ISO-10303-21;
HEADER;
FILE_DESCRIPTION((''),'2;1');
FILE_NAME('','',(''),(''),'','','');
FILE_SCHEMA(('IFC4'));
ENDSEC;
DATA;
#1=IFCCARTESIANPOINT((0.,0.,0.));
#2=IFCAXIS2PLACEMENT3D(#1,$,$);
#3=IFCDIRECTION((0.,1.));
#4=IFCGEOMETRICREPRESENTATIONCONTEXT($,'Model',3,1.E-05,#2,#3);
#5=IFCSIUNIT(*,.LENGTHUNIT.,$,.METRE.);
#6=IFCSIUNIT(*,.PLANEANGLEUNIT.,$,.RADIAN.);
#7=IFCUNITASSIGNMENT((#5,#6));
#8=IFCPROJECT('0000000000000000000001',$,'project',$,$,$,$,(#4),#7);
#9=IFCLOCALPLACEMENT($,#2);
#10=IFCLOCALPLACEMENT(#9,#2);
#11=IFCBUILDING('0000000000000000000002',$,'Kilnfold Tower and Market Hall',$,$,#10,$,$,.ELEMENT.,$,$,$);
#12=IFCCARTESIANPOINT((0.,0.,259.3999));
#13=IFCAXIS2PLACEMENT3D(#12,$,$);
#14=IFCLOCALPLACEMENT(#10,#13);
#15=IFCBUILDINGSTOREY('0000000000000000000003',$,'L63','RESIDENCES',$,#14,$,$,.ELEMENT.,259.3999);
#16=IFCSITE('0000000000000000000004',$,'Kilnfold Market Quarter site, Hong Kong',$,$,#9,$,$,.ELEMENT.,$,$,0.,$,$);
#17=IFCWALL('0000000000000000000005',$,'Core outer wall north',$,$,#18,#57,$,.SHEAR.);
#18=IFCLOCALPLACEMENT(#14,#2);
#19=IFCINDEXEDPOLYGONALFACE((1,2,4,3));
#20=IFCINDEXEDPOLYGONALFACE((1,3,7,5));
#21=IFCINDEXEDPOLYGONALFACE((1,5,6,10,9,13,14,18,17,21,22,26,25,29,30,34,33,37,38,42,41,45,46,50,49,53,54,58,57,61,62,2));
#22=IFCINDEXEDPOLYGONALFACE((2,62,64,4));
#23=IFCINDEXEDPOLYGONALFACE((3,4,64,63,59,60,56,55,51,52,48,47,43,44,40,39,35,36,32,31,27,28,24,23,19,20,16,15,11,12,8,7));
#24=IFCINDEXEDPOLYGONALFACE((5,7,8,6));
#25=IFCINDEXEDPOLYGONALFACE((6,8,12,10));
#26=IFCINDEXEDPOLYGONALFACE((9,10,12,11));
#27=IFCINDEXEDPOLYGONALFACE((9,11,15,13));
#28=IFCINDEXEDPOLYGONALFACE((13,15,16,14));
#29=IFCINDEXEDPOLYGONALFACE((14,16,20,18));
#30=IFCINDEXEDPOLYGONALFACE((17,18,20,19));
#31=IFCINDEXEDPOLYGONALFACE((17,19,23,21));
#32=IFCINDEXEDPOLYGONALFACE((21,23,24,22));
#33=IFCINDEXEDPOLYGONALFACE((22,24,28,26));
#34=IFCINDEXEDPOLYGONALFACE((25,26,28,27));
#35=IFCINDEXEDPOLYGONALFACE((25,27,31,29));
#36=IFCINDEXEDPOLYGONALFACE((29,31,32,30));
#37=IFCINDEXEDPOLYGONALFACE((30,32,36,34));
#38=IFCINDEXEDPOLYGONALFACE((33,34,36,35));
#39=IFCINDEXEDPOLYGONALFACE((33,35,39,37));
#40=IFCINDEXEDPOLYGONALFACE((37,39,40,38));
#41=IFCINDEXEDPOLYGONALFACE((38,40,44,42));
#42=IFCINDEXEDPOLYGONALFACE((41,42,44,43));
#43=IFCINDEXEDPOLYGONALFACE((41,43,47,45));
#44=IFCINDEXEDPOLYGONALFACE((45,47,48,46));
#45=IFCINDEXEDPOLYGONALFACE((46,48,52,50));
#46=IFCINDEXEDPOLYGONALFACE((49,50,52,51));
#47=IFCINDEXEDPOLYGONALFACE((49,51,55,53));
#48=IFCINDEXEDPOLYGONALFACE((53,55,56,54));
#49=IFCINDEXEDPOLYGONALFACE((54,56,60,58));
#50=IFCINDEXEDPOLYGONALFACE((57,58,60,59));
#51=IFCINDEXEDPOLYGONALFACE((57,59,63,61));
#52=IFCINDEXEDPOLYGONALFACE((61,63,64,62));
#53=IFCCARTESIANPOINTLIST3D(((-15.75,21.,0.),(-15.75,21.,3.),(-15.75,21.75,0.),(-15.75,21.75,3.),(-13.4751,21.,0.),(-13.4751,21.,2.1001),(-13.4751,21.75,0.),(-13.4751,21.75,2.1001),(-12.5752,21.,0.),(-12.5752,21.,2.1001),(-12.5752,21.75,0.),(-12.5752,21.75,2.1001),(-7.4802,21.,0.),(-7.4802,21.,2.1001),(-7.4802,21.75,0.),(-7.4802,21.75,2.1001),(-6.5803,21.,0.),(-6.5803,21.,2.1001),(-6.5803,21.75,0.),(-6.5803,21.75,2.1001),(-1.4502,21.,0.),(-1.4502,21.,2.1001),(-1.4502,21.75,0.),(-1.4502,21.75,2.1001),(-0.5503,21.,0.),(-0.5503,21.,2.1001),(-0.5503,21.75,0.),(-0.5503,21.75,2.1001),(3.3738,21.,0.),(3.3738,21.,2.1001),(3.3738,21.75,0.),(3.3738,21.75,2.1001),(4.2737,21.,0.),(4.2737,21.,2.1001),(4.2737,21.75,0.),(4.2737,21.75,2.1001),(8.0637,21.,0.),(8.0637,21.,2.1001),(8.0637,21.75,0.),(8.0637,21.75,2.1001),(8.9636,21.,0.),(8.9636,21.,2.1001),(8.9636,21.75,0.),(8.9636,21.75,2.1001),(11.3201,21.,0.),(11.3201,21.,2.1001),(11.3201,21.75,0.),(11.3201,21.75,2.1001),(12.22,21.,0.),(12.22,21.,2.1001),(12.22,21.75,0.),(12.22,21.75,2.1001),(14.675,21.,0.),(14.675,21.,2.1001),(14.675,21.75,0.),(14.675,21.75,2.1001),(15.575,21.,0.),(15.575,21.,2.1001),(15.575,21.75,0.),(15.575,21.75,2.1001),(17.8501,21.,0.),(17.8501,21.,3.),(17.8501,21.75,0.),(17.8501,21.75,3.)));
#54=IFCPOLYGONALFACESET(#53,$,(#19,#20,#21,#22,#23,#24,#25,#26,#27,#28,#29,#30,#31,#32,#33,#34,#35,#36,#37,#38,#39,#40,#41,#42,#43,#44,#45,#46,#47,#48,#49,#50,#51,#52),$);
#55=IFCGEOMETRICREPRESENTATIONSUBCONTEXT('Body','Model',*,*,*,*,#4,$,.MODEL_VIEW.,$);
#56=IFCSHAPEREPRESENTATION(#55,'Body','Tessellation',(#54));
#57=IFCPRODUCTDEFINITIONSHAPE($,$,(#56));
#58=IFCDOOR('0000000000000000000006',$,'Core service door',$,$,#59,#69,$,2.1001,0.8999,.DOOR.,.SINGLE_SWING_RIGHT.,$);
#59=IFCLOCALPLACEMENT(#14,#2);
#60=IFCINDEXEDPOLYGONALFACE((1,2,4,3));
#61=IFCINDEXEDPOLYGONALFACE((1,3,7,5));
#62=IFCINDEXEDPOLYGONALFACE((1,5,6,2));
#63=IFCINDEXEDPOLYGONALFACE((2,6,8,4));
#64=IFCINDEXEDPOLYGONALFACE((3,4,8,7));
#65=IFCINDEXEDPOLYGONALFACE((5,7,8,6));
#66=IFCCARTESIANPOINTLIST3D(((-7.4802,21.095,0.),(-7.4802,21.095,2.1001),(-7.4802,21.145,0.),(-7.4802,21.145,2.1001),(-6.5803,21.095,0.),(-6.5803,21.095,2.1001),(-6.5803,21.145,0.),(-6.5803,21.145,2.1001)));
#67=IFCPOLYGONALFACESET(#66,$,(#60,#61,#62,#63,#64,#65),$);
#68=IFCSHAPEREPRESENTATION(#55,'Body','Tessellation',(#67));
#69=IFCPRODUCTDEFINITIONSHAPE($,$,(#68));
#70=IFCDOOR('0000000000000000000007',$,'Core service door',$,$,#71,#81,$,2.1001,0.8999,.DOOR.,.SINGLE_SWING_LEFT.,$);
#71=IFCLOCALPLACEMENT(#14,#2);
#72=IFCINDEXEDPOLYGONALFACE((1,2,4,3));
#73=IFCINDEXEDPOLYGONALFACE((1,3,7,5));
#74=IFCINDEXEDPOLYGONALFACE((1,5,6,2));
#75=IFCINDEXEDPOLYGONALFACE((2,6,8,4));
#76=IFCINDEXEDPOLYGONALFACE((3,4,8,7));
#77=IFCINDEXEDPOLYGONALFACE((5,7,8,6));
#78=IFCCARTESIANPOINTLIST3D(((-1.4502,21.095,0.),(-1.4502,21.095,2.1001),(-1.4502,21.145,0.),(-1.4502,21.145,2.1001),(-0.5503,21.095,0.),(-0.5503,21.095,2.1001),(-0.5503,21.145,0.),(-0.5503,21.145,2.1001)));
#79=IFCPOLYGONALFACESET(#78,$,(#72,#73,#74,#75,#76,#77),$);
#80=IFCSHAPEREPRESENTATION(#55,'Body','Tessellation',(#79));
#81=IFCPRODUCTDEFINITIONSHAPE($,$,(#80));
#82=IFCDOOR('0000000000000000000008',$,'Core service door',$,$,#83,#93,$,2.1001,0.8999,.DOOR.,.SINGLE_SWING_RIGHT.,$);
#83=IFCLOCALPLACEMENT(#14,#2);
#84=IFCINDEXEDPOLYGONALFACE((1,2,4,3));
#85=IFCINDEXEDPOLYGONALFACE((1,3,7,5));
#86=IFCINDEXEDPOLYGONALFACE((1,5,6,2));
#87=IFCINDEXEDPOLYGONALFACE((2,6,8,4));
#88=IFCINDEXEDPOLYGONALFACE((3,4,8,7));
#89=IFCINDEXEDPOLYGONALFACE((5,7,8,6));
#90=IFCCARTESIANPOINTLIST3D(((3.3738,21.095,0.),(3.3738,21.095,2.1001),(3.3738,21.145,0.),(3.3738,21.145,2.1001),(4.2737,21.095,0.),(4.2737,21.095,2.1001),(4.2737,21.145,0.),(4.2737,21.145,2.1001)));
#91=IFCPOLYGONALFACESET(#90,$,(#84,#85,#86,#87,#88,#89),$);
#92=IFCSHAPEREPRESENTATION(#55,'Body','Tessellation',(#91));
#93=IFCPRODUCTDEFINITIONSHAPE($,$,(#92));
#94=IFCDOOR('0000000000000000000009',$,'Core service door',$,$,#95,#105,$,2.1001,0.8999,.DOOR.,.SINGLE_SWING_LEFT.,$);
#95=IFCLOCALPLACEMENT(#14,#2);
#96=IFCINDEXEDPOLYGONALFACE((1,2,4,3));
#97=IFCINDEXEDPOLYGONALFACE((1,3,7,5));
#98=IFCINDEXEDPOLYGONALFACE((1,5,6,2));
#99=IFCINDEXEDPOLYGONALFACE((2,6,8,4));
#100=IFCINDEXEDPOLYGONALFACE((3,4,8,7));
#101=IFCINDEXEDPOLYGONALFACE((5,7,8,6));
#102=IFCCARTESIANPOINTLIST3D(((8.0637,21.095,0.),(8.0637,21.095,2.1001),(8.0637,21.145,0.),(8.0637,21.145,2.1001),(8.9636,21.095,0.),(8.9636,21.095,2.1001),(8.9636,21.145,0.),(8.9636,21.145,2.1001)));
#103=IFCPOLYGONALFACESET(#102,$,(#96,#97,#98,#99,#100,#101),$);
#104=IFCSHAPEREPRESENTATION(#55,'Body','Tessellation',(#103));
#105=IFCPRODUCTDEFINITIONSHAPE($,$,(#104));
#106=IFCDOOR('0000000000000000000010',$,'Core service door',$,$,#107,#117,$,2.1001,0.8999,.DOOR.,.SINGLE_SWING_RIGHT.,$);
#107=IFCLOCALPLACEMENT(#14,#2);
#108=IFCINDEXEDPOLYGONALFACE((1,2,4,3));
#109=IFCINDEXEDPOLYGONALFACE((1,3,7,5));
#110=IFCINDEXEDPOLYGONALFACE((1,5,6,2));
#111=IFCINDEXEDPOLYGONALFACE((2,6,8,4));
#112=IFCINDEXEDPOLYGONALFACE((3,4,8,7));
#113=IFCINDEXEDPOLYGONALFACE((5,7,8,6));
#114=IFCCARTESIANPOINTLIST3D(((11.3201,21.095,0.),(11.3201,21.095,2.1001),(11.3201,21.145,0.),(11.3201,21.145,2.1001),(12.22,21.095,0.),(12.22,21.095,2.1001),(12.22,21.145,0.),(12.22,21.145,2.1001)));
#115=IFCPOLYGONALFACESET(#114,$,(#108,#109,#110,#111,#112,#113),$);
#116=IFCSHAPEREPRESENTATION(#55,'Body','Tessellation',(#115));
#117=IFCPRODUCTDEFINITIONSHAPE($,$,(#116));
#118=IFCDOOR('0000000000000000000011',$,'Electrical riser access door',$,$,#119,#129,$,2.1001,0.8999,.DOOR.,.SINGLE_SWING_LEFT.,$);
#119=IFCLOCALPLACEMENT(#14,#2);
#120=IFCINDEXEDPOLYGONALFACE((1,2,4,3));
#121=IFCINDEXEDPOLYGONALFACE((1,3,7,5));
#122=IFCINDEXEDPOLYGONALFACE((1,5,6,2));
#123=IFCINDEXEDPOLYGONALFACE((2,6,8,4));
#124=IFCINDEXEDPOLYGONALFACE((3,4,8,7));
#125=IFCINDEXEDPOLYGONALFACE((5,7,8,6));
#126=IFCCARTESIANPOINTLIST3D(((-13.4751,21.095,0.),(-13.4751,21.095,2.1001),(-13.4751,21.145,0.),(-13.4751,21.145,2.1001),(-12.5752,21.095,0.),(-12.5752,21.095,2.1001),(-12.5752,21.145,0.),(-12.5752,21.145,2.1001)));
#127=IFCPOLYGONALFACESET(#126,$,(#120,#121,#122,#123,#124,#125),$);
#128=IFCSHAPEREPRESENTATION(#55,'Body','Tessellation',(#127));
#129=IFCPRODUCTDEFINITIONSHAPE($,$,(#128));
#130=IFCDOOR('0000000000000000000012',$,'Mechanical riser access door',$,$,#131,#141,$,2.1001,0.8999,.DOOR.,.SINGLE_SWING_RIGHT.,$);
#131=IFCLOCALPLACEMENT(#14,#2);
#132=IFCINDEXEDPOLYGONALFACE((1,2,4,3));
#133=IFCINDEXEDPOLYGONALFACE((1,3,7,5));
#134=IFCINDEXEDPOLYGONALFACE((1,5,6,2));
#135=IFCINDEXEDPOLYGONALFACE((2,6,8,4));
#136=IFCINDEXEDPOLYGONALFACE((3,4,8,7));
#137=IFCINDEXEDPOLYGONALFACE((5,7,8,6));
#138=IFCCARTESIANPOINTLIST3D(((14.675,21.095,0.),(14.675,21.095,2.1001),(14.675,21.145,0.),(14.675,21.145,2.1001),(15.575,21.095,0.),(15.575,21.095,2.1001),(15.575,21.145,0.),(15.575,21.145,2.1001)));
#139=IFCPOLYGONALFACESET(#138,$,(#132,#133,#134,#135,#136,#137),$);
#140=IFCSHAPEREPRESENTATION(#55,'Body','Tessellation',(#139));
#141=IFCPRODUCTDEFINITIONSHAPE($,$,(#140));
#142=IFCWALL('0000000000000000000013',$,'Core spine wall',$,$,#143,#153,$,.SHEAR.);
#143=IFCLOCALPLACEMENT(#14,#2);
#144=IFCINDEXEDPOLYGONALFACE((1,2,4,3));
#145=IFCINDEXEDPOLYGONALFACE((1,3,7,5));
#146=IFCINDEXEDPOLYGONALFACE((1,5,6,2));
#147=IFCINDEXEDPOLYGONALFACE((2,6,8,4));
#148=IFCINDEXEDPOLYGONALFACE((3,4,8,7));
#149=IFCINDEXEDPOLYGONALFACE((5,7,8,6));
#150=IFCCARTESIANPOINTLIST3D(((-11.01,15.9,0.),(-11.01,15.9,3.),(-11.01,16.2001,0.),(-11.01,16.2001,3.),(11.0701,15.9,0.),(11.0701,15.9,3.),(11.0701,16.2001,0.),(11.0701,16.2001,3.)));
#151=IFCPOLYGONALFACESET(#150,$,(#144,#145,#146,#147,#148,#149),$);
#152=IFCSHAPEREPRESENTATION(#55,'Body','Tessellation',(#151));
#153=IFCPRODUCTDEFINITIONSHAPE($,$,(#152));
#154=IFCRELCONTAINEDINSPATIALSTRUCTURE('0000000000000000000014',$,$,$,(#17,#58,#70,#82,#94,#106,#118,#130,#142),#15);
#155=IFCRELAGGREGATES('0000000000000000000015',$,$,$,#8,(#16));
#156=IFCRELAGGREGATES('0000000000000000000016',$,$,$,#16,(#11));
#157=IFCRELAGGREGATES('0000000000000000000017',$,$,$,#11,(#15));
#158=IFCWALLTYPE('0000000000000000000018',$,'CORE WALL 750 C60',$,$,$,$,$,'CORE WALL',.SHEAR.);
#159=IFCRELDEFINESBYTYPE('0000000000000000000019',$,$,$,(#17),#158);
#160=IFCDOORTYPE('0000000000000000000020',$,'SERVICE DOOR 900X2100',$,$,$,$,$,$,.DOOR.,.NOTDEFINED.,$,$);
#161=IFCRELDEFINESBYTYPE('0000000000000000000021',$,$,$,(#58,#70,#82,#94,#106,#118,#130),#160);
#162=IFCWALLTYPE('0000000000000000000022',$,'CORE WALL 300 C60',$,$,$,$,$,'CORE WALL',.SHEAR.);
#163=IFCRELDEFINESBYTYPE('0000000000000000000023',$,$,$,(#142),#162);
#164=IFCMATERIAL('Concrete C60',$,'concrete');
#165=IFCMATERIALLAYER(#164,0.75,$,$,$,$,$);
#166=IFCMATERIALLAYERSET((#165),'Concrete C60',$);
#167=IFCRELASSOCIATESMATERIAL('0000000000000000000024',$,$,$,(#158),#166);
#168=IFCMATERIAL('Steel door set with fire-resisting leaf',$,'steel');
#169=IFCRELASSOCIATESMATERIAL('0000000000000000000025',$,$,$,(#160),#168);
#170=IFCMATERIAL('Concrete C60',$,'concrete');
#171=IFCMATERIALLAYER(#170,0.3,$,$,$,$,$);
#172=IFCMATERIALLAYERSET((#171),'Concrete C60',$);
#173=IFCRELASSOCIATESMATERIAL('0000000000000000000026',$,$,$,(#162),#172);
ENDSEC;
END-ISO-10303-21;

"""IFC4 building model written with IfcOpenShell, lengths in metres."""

from ifc_helpers import new_model, si_unit, direction, frame, frame_2d, origin, place, context, subcontext, project, spatial, rectangle, extrude, source, transform, mapped, material, layer, layer_set, type_object, element, fill, save


model = new_model("IFC4")

# Units and contexts
model_context = context("Model", 3, precision=1e-05, world=origin(), true_north=direction((0.0, 1.0)))
body_context = subcontext(model_context, "Body", "Model", "MODEL_VIEW")
ifc_project = project(units=[si_unit("LENGTHUNIT", "METRE"), si_unit("PLANEANGLEUNIT", "RADIAN")], contexts=[model_context])

# Site, building, storey
site_placement = place(None, origin())
site = spatial("IfcSite", under=ifc_project, at=site_placement, Name="Kilnfold Market Quarter site, Hong Kong", CompositionType="ELEMENT", RefElevation=0.0)
building_placement = place(site_placement, origin())
building = spatial("IfcBuilding", under=site, at=building_placement, Name="Kilnfold Tower and Market Hall", CompositionType="ELEMENT")
storey_placement = place(building_placement, frame((0.0, 0.0, 259.3999)))
storey = spatial("IfcBuildingStorey", under=building, at=storey_placement, Name="L63", Description="RESIDENCES", CompositionType="ELEMENT", Elevation=259.3999)

# Wall, openings, doors
ifc_material_1 = material(Name="Concrete C60", Category="concrete")
ifc_layer_1 = layer(ifc_material_1, 0.75)
ifc_layer_set_1 = layer_set([ifc_layer_1], Name="Concrete C60")
wall_type_1 = type_object("IfcWallType", Name="CORE WALL 750 C60", ElementType="CORE WALL", PredefinedType="SHEAR", material=ifc_layer_set_1)
shared_shape_1 = source(origin(), body_context, "Body", "SweptSolid", [
    extrude(rectangle(XDim=33.6001, YDim=0.75, at=frame_2d((16.8, 0.0))), origin(), (0.0, 0.0, 1.0), 3.0),
])
wall_1_placement = place(storey_placement, frame((-15.75, 21.375, 0.0), z_axis=(0.0, 0.0, 1.0), x_axis=(1.0, 0.0, 0.0)))
wall_1 = element("IfcWall", 1, at=wall_1_placement, inside=storey, type_object=wall_type_1, Name="Core outer wall north", PredefinedType="SHEAR", context=body_context, shape_type="MappedRepresentation", body=[
    mapped(shared_shape_1, transform((0.0, 0.0, 0.0))),
])
opening_1_placement = place(wall_1_placement, frame((8.2698, 0.0, 0.0)))
opening_1 = element("IfcOpeningElement", 2, at=opening_1_placement, cuts=wall_1, PredefinedType="OPENING", context=body_context, shape_type="SweptSolid", body=[
    extrude(rectangle(XDim=0.8999, YDim=2.1001, at=frame_2d((0.45, 1.05))), frame((0.0, 0.385, 0.0), z_axis=(0.0, -1.0, 0.0), x_axis=(1.0, 0.0, 0.0)), (0.0, 0.0, 1.0), 0.77),
])
opening_2_placement = place(wall_1_placement, frame((14.2998, 0.0, 0.0)))
opening_2 = element("IfcOpeningElement", 3, at=opening_2_placement, cuts=wall_1, PredefinedType="OPENING", context=body_context, shape_type="SweptSolid", body=[
    extrude(rectangle(XDim=0.8999, YDim=2.1001, at=frame_2d((0.45, 1.05))), frame((0.0, 0.385, 0.0), z_axis=(0.0, -1.0, 0.0), x_axis=(1.0, 0.0, 0.0)), (0.0, 0.0, 1.0), 0.77),
])
opening_3_placement = place(wall_1_placement, frame((19.1238, 0.0, 0.0)))
opening_3 = element("IfcOpeningElement", 4, at=opening_3_placement, cuts=wall_1, PredefinedType="OPENING", context=body_context, shape_type="SweptSolid", body=[
    extrude(rectangle(XDim=0.8999, YDim=2.1001, at=frame_2d((0.45, 1.05))), frame((0.0, 0.385, 0.0), z_axis=(0.0, -1.0, 0.0), x_axis=(1.0, 0.0, 0.0)), (0.0, 0.0, 1.0), 0.77),
])
opening_4_placement = place(wall_1_placement, frame((23.8137, 0.0, 0.0)))
opening_4 = element("IfcOpeningElement", 5, at=opening_4_placement, cuts=wall_1, PredefinedType="OPENING", context=body_context, shape_type="SweptSolid", body=[
    extrude(rectangle(XDim=0.8999, YDim=2.1001, at=frame_2d((0.45, 1.05))), frame((0.0, 0.385, 0.0), z_axis=(0.0, -1.0, 0.0), x_axis=(1.0, 0.0, 0.0)), (0.0, 0.0, 1.0), 0.77),
])
opening_5_placement = place(wall_1_placement, frame((27.0701, 0.0, 0.0)))
opening_5 = element("IfcOpeningElement", 6, at=opening_5_placement, cuts=wall_1, PredefinedType="OPENING", context=body_context, shape_type="SweptSolid", body=[
    extrude(rectangle(XDim=0.8999, YDim=2.1001, at=frame_2d((0.45, 1.05))), frame((0.0, 0.385, 0.0), z_axis=(0.0, -1.0, 0.0), x_axis=(1.0, 0.0, 0.0)), (0.0, 0.0, 1.0), 0.77),
])
opening_6_placement = place(wall_1_placement, frame((2.2749, 0.0, 0.0)))
opening_6 = element("IfcOpeningElement", 7, at=opening_6_placement, cuts=wall_1, PredefinedType="OPENING", context=body_context, shape_type="SweptSolid", body=[
    extrude(rectangle(XDim=0.8999, YDim=2.1001, at=frame_2d((0.45, 1.05))), frame((0.0, 0.385, 0.0), z_axis=(0.0, -1.0, 0.0), x_axis=(1.0, 0.0, 0.0)), (0.0, 0.0, 1.0), 0.77),
])
opening_7_placement = place(wall_1_placement, frame((30.425, 0.0, 0.0)))
opening_7 = element("IfcOpeningElement", 8, at=opening_7_placement, cuts=wall_1, PredefinedType="OPENING", context=body_context, shape_type="SweptSolid", body=[
    extrude(rectangle(XDim=0.8999, YDim=2.1001, at=frame_2d((0.45, 1.05))), frame((0.0, 0.385, 0.0), z_axis=(0.0, -1.0, 0.0), x_axis=(1.0, 0.0, 0.0)), (0.0, 0.0, 1.0), 0.77),
])
ifc_material_2 = material(Name="Steel door set with fire-resisting leaf", Category="steel")
door_type = type_object("IfcDoorType", Name="SERVICE DOOR 900X2100", OperationType="NOTDEFINED", PredefinedType="DOOR", material=ifc_material_2)
door_1_placement = place(opening_1_placement, origin())
door_1 = element("IfcDoor", 9, at=door_1_placement, inside=storey, type_object=door_type, Name="Core service door", OperationType="SINGLE_SWING_RIGHT", OverallHeight=2.1001, OverallWidth=0.8999, PredefinedType="DOOR", context=body_context, shape_type="SweptSolid", body=[
    extrude(rectangle(XDim=0.8999, YDim=2.1001, at=frame_2d((0.45, 1.05))), frame((0.0, -0.23, 0.0), z_axis=(0.0, -1.0, 0.0), x_axis=(1.0, 0.0, 0.0)), (0.0, 0.0, 1.0), 0.05),
])
fill(opening_1, door_1)
door_2_placement = place(opening_2_placement, origin())
door_2 = element("IfcDoor", 10, at=door_2_placement, inside=storey, type_object=door_type, Name="Core service door", OperationType="SINGLE_SWING_LEFT", OverallHeight=2.1001, OverallWidth=0.8999, PredefinedType="DOOR", context=body_context, shape_type="SweptSolid", body=[
    extrude(rectangle(XDim=0.8999, YDim=2.1001, at=frame_2d((0.45, 1.05))), frame((0.0, -0.23, 0.0), z_axis=(0.0, -1.0, 0.0), x_axis=(1.0, 0.0, 0.0)), (0.0, 0.0, 1.0), 0.05),
])
fill(opening_2, door_2)
door_3_placement = place(opening_3_placement, origin())
door_3 = element("IfcDoor", 11, at=door_3_placement, inside=storey, type_object=door_type, Name="Core service door", OperationType="SINGLE_SWING_RIGHT", OverallHeight=2.1001, OverallWidth=0.8999, PredefinedType="DOOR", context=body_context, shape_type="SweptSolid", body=[
    extrude(rectangle(XDim=0.8999, YDim=2.1001, at=frame_2d((0.45, 1.05))), frame((0.0, -0.23, 0.0), z_axis=(0.0, -1.0, 0.0), x_axis=(1.0, 0.0, 0.0)), (0.0, 0.0, 1.0), 0.05),
])
fill(opening_3, door_3)
door_4_placement = place(opening_4_placement, origin())
door_4 = element("IfcDoor", 12, at=door_4_placement, inside=storey, type_object=door_type, Name="Core service door", OperationType="SINGLE_SWING_LEFT", OverallHeight=2.1001, OverallWidth=0.8999, PredefinedType="DOOR", context=body_context, shape_type="SweptSolid", body=[
    extrude(rectangle(XDim=0.8999, YDim=2.1001, at=frame_2d((0.45, 1.05))), frame((0.0, -0.23, 0.0), z_axis=(0.0, -1.0, 0.0), x_axis=(1.0, 0.0, 0.0)), (0.0, 0.0, 1.0), 0.05),
])
fill(opening_4, door_4)
door_5_placement = place(opening_5_placement, origin())
door_5 = element("IfcDoor", 13, at=door_5_placement, inside=storey, type_object=door_type, Name="Core service door", OperationType="SINGLE_SWING_RIGHT", OverallHeight=2.1001, OverallWidth=0.8999, PredefinedType="DOOR", context=body_context, shape_type="SweptSolid", body=[
    extrude(rectangle(XDim=0.8999, YDim=2.1001, at=frame_2d((0.45, 1.05))), frame((0.0, -0.23, 0.0), z_axis=(0.0, -1.0, 0.0), x_axis=(1.0, 0.0, 0.0)), (0.0, 0.0, 1.0), 0.05),
])
fill(opening_5, door_5)
door_6_placement = place(opening_6_placement, origin())
door_6 = element("IfcDoor", 14, at=door_6_placement, inside=storey, type_object=door_type, Name="Electrical riser access door", OperationType="SINGLE_SWING_LEFT", OverallHeight=2.1001, OverallWidth=0.8999, PredefinedType="DOOR", context=body_context, shape_type="SweptSolid", body=[
    extrude(rectangle(XDim=0.8999, YDim=2.1001, at=frame_2d((0.45, 1.05))), frame((0.0, -0.23, 0.0), z_axis=(0.0, -1.0, 0.0), x_axis=(1.0, 0.0, 0.0)), (0.0, 0.0, 1.0), 0.05),
])
fill(opening_6, door_6)
door_7_placement = place(opening_7_placement, origin())
door_7 = element("IfcDoor", 15, at=door_7_placement, inside=storey, type_object=door_type, Name="Mechanical riser access door", OperationType="SINGLE_SWING_RIGHT", OverallHeight=2.1001, OverallWidth=0.8999, PredefinedType="DOOR", context=body_context, shape_type="SweptSolid", body=[
    extrude(rectangle(XDim=0.8999, YDim=2.1001, at=frame_2d((0.45, 1.05))), frame((0.0, -0.23, 0.0), z_axis=(0.0, -1.0, 0.0), x_axis=(1.0, 0.0, 0.0)), (0.0, 0.0, 1.0), 0.05),
])
fill(opening_7, door_7)

# Wall
ifc_material_3 = material(Name="Concrete C60", Category="concrete")
ifc_layer_2 = layer(ifc_material_3, 0.3)
ifc_layer_set_2 = layer_set([ifc_layer_2], Name="Concrete C60")
wall_type_2 = type_object("IfcWallType", Name="CORE WALL 300 C60", ElementType="CORE WALL", PredefinedType="SHEAR", material=ifc_layer_set_2)
shared_shape_2 = source(origin(), body_context, "Body", "SweptSolid", [
    extrude(rectangle(XDim=22.0801, YDim=0.3, at=frame_2d((11.04, 0.0))), origin(), (0.0, 0.0, 1.0), 3.0),
])
wall_2_placement = place(storey_placement, frame((-11.01, 16.05, 0.0), z_axis=(0.0, 0.0, 1.0), x_axis=(1.0, 0.0, 0.0)))
element("IfcWall", 16, at=wall_2_placement, inside=storey, type_object=wall_type_2, Name="Core spine wall", PredefinedType="SHEAR", context=body_context, shape_type="MappedRepresentation", body=[
    mapped(shared_shape_2, transform((0.0, 0.0, 0.0))),
])

save(model, "model.ifc")
